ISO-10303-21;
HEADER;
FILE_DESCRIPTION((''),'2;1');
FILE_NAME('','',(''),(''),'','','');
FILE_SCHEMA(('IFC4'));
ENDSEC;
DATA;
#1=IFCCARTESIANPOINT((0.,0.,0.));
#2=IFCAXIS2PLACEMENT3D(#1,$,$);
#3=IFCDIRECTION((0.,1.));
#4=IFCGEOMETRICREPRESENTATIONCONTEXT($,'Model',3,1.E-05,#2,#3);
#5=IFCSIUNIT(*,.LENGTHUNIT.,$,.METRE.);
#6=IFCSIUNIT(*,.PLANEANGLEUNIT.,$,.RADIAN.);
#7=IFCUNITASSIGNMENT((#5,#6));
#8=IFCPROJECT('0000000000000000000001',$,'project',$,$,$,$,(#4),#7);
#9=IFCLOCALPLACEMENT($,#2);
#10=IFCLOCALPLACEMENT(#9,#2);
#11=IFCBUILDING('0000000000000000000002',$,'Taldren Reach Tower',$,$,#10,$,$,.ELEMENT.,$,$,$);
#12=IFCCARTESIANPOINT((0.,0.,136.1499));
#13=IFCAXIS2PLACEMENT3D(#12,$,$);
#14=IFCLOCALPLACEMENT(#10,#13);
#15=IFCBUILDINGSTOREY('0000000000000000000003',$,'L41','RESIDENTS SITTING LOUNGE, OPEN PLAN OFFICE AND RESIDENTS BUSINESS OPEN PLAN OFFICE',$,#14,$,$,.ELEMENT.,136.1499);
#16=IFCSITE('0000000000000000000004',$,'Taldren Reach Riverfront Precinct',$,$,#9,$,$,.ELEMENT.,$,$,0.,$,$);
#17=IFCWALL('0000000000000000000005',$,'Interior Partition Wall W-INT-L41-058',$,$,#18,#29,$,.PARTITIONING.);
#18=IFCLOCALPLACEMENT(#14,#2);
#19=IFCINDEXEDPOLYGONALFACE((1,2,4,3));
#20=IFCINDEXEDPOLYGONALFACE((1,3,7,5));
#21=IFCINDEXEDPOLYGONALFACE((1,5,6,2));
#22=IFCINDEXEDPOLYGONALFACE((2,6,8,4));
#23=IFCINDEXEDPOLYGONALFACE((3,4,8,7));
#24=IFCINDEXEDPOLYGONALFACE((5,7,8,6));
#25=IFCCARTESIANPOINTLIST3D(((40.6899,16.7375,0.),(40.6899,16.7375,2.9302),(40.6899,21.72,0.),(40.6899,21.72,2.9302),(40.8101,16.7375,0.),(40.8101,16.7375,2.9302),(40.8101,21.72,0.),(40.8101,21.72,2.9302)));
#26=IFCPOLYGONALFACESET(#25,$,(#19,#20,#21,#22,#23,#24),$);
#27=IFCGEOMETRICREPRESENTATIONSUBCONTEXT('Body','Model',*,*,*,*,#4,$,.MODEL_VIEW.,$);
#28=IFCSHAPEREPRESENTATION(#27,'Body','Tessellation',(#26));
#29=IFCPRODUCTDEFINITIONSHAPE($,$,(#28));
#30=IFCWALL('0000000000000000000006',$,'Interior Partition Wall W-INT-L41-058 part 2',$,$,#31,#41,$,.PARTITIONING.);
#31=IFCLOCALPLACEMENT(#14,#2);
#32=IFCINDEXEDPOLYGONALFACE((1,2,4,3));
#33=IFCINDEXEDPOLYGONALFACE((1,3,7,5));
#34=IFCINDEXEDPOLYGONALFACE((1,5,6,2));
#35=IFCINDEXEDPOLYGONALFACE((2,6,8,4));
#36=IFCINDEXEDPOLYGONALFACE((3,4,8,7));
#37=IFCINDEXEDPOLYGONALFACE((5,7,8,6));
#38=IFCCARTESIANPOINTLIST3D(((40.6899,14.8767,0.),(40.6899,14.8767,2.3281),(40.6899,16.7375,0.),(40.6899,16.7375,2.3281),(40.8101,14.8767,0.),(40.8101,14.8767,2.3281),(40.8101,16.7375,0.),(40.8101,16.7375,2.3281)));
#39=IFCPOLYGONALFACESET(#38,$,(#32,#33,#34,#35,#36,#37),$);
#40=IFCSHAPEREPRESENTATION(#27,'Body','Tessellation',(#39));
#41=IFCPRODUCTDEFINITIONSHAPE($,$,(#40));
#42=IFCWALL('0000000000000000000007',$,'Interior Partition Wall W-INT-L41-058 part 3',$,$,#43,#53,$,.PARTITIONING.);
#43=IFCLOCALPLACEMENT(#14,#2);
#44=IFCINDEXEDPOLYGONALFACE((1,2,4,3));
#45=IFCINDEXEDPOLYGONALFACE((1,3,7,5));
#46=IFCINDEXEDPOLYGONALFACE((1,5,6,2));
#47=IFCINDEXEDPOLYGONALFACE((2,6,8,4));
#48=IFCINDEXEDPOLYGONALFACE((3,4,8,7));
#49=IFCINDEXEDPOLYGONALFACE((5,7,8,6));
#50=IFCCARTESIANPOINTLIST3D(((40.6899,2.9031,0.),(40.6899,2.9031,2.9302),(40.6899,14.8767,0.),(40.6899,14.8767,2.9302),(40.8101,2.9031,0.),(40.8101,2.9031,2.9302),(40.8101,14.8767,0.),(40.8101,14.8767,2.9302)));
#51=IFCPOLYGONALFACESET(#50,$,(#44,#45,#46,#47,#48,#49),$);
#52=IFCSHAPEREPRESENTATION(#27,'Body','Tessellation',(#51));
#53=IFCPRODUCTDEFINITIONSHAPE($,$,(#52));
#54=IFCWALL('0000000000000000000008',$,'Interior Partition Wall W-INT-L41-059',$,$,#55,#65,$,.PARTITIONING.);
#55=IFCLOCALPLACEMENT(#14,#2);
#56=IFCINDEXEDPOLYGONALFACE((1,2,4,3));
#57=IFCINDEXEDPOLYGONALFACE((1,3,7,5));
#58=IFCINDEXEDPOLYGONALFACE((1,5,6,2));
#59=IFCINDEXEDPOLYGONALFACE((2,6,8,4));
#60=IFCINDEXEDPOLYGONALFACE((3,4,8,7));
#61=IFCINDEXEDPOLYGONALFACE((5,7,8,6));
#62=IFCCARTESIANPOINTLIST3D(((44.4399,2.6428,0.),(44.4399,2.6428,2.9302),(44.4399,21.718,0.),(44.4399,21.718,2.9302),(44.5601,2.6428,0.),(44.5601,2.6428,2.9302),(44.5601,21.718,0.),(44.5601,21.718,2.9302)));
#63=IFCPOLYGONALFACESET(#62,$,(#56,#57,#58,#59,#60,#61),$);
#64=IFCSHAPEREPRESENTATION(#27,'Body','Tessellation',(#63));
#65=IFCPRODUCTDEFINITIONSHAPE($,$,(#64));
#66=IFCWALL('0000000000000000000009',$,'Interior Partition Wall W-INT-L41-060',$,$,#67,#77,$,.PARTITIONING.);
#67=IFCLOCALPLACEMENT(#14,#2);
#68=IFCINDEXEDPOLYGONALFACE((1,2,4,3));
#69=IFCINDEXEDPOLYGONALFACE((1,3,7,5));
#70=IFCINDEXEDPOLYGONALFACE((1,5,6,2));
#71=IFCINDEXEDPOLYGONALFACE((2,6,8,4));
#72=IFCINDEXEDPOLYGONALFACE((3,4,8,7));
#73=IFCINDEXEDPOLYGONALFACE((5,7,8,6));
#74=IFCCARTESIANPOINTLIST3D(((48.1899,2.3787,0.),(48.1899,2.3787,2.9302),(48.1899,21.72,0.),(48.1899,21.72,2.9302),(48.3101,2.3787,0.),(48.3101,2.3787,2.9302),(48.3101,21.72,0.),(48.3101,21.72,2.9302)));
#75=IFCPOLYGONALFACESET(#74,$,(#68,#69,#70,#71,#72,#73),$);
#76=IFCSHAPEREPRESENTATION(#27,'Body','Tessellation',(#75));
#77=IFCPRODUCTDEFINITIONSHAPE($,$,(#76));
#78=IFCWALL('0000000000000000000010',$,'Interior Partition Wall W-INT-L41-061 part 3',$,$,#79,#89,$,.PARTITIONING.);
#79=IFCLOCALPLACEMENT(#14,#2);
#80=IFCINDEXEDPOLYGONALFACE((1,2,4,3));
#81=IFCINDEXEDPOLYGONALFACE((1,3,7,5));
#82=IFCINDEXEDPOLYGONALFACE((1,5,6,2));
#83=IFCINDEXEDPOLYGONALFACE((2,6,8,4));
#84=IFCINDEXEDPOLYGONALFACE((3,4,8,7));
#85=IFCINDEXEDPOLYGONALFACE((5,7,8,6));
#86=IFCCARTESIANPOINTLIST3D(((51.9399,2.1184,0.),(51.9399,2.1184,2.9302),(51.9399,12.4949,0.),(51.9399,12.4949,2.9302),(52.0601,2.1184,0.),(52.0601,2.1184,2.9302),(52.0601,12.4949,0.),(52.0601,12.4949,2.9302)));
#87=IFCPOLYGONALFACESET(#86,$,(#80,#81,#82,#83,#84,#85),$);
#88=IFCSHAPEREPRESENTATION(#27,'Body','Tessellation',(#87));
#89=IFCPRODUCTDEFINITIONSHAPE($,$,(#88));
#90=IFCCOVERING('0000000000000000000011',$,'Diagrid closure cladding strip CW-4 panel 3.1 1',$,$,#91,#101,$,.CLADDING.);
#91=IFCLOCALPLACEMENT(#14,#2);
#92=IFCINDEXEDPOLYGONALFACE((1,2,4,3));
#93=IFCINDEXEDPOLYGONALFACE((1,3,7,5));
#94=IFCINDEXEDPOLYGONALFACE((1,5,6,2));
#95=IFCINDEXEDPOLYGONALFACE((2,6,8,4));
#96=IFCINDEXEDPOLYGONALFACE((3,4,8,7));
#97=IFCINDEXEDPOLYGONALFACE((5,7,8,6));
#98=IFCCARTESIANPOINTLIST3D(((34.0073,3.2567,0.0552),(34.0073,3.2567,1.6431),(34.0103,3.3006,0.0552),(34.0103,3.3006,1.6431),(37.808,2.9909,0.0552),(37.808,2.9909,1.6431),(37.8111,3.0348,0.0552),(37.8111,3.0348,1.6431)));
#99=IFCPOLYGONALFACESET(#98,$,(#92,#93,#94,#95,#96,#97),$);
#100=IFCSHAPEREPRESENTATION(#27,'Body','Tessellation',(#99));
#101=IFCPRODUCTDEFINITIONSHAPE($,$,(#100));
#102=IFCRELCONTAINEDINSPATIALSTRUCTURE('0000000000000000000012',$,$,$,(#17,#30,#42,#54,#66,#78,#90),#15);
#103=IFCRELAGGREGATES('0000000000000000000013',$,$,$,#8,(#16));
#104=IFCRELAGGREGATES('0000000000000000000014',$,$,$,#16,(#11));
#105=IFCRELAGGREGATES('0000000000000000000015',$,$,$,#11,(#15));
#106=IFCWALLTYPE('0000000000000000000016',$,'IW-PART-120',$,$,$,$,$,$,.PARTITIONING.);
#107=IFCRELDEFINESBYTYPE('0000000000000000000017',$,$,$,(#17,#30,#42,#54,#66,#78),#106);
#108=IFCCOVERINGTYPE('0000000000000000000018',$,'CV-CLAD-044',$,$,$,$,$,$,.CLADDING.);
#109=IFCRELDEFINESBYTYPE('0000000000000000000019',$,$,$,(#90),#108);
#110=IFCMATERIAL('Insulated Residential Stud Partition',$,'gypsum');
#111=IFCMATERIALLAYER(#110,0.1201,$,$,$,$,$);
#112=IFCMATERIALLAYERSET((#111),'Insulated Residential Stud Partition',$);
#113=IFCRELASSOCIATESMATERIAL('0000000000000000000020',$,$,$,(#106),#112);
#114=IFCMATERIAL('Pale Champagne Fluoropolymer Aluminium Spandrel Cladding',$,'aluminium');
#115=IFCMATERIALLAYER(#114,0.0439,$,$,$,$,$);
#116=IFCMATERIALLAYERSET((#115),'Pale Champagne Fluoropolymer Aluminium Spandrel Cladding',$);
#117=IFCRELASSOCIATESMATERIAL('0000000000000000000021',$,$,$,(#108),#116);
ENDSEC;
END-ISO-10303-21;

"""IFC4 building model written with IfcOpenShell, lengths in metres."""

from ifc_helpers import new_model, si_unit, direction, frame, frame_2d, origin, origin_2d, place, context, subcontext, project, spatial, rectangle, extrude, source, transform, mapped, material, layer, layer_set, type_object, element, save


model = new_model("IFC4")

# Units and contexts
model_context = context("Model", 3, precision=1e-05, world=origin(), true_north=direction((0.0, 1.0)))
body_context = subcontext(model_context, "Body", "Model", "MODEL_VIEW")
ifc_project = project(units=[si_unit("LENGTHUNIT", "METRE"), si_unit("PLANEANGLEUNIT", "RADIAN")], contexts=[model_context])

# Site, building, storey
site_placement = place(None, origin())
site = spatial("IfcSite", under=ifc_project, at=site_placement, Name="Taldren Reach Riverfront Precinct", CompositionType="ELEMENT", RefElevation=0.0)
building_placement = place(site_placement, origin())
building = spatial("IfcBuilding", under=site, at=building_placement, Name="Taldren Reach Tower", CompositionType="ELEMENT")
storey_placement = place(building_placement, frame((0.0, 0.0, 136.1499)))
storey = spatial("IfcBuildingStorey", under=building, at=storey_placement, Name="L41", Description="RESIDENTS SITTING LOUNGE, OPEN PLAN OFFICE AND RESIDENTS BUSINESS OPEN PLAN OFFICE", CompositionType="ELEMENT", Elevation=136.1499)

# Walls
ifc_material_1 = material(Name="Insulated Residential Stud Partition", Category="gypsum")
ifc_layer_1 = layer(ifc_material_1, 0.1201)
ifc_layer_set_1 = layer_set([ifc_layer_1], Name="Insulated Residential Stud Partition")
wall_type_1 = type_object("IfcWallType", Name="IW-PART-120", PredefinedType="PARTITIONING", material=ifc_layer_set_1)
shared_shape_1 = source(origin(), body_context, "Body", "SweptSolid", [
    extrude(rectangle(XDim=4.9824, YDim=0.1201, at=frame_2d((2.4912, 0.0))), origin(), (0.0, 0.0, 1.0), 2.9302),
])
wall_1_placement = place(storey_placement, frame((40.75, 21.72, 0.0), z_axis=(0.0, 0.0, 1.0), x_axis=(0.0, -1.0, 0.0)))
element("IfcWall", 1, at=wall_1_placement, inside=storey, type_object=wall_type_1, Name="Interior Partition Wall W-INT-L41-058", PredefinedType="PARTITIONING", context=body_context, shape_type="MappedRepresentation", body=[
    mapped(shared_shape_1, transform((0.0, 0.0, 0.0), scale=1.0)),
])
shared_shape_2 = source(origin(), body_context, "Body", "SweptSolid", [
    extrude(rectangle(XDim=1.8608, YDim=0.1201, at=frame_2d((0.9304, 0.0))), origin(), (0.0, 0.0, 1.0), 2.3281),
])
wall_2_placement = place(storey_placement, frame((40.75, 16.7375, 0.0), z_axis=(0.0, 0.0, 1.0), x_axis=(0.0, -1.0, 0.0)))
element("IfcWall", 2, at=wall_2_placement, inside=storey, type_object=wall_type_1, Name="Interior Partition Wall W-INT-L41-058 part 2", PredefinedType="PARTITIONING", context=body_context, shape_type="MappedRepresentation", body=[
    mapped(shared_shape_2, transform((0.0, 0.0, 0.0), scale=1.0)),
])
shared_shape_3 = source(origin(), body_context, "Body", "SweptSolid", [
    extrude(rectangle(XDim=11.9736, YDim=0.1201, at=frame_2d((5.9868, 0.0))), origin(), (0.0, 0.0, 1.0), 2.9302),
])
wall_3_placement = place(storey_placement, frame((40.75, 14.8767, 0.0), z_axis=(0.0, 0.0, 1.0), x_axis=(0.0, -1.0, 0.0)))
element("IfcWall", 3, at=wall_3_placement, inside=storey, type_object=wall_type_1, Name="Interior Partition Wall W-INT-L41-058 part 3", PredefinedType="PARTITIONING", context=body_context, shape_type="MappedRepresentation", body=[
    mapped(shared_shape_3, transform((0.0, 0.0, 0.0), scale=1.0)),
])
shared_shape_4 = source(origin(), body_context, "Body", "SweptSolid", [
    extrude(rectangle(XDim=19.0752, YDim=0.1201, at=frame_2d((9.5376, 0.0))), origin(), (0.0, 0.0, 1.0), 2.9302),
])
wall_4_placement = place(storey_placement, frame((44.5, 21.718, 0.0), z_axis=(0.0, 0.0, 1.0), x_axis=(0.0, -1.0, 0.0)))
element("IfcWall", 4, at=wall_4_placement, inside=storey, type_object=wall_type_1, Name="Interior Partition Wall W-INT-L41-059", PredefinedType="PARTITIONING", context=body_context, shape_type="MappedRepresentation", body=[
    mapped(shared_shape_4, transform((0.0, 0.0, 0.0), scale=1.0)),
])
shared_shape_5 = source(origin(), body_context, "Body", "SweptSolid", [
    extrude(rectangle(XDim=19.3413, YDim=0.1201, at=frame_2d((9.6707, 0.0))), origin(), (0.0, 0.0, 1.0), 2.9302),
])
wall_5_placement = place(storey_placement, frame((48.25, 21.72, 0.0), z_axis=(0.0, 0.0, 1.0), x_axis=(0.0, -1.0, 0.0)))
element("IfcWall", 5, at=wall_5_placement, inside=storey, type_object=wall_type_1, Name="Interior Partition Wall W-INT-L41-060", PredefinedType="PARTITIONING", context=body_context, shape_type="MappedRepresentation", body=[
    mapped(shared_shape_5, transform((0.0, 0.0, 0.0), scale=1.0)),
])
shared_shape_6 = source(origin(), body_context, "Body", "SweptSolid", [
    extrude(rectangle(XDim=10.3765, YDim=0.1201, at=frame_2d((5.1882, 0.0))), origin(), (0.0, 0.0, 1.0), 2.9302),
])
wall_6_placement = place(storey_placement, frame((52.0, 12.4949, 0.0), z_axis=(0.0, 0.0, 1.0), x_axis=(0.0, -1.0, 0.0)))
element("IfcWall", 6, at=wall_6_placement, inside=storey, type_object=wall_type_1, Name="Interior Partition Wall W-INT-L41-061 part 3", PredefinedType="PARTITIONING", context=body_context, shape_type="MappedRepresentation", body=[
    mapped(shared_shape_6, transform((0.0, 0.0, 0.0), scale=1.0)),
])

# Covering
ifc_material_2 = material(Name="Pale Champagne Fluoropolymer Aluminium Spandrel Cladding", Category="aluminium")
ifc_layer_2 = layer(ifc_material_2, 0.0439)
ifc_layer_set_2 = layer_set([ifc_layer_2], Name="Pale Champagne Fluoropolymer Aluminium Spandrel Cladding")
covering_type = type_object("IfcCoveringType", Name="CV-CLAD-044", PredefinedType="CLADDING", material=ifc_layer_set_2)
shared_shape_7 = source(origin(), body_context, "Body", "SweptSolid", [
    extrude(rectangle(XDim=3.8101, YDim=0.0439, at=origin_2d()), origin(), (0.0, 0.0, 1.0), 1.5879),
])
covering_placement = place(storey_placement, frame((35.9092, 3.1458, 0.0552), z_axis=(0.0, 0.0, 1.0), x_axis=(0.997564, -0.069757, 0.0)))
element("IfcCovering", 7, at=covering_placement, inside=storey, type_object=covering_type, Name="Diagrid closure cladding strip CW-4 panel 3.1 1", PredefinedType="CLADDING", context=body_context, shape_type="MappedRepresentation", body=[
    mapped(shared_shape_7, transform((0.0, 0.0, 0.0), scale=1.0)),
])

save(model, "model.ifc")
